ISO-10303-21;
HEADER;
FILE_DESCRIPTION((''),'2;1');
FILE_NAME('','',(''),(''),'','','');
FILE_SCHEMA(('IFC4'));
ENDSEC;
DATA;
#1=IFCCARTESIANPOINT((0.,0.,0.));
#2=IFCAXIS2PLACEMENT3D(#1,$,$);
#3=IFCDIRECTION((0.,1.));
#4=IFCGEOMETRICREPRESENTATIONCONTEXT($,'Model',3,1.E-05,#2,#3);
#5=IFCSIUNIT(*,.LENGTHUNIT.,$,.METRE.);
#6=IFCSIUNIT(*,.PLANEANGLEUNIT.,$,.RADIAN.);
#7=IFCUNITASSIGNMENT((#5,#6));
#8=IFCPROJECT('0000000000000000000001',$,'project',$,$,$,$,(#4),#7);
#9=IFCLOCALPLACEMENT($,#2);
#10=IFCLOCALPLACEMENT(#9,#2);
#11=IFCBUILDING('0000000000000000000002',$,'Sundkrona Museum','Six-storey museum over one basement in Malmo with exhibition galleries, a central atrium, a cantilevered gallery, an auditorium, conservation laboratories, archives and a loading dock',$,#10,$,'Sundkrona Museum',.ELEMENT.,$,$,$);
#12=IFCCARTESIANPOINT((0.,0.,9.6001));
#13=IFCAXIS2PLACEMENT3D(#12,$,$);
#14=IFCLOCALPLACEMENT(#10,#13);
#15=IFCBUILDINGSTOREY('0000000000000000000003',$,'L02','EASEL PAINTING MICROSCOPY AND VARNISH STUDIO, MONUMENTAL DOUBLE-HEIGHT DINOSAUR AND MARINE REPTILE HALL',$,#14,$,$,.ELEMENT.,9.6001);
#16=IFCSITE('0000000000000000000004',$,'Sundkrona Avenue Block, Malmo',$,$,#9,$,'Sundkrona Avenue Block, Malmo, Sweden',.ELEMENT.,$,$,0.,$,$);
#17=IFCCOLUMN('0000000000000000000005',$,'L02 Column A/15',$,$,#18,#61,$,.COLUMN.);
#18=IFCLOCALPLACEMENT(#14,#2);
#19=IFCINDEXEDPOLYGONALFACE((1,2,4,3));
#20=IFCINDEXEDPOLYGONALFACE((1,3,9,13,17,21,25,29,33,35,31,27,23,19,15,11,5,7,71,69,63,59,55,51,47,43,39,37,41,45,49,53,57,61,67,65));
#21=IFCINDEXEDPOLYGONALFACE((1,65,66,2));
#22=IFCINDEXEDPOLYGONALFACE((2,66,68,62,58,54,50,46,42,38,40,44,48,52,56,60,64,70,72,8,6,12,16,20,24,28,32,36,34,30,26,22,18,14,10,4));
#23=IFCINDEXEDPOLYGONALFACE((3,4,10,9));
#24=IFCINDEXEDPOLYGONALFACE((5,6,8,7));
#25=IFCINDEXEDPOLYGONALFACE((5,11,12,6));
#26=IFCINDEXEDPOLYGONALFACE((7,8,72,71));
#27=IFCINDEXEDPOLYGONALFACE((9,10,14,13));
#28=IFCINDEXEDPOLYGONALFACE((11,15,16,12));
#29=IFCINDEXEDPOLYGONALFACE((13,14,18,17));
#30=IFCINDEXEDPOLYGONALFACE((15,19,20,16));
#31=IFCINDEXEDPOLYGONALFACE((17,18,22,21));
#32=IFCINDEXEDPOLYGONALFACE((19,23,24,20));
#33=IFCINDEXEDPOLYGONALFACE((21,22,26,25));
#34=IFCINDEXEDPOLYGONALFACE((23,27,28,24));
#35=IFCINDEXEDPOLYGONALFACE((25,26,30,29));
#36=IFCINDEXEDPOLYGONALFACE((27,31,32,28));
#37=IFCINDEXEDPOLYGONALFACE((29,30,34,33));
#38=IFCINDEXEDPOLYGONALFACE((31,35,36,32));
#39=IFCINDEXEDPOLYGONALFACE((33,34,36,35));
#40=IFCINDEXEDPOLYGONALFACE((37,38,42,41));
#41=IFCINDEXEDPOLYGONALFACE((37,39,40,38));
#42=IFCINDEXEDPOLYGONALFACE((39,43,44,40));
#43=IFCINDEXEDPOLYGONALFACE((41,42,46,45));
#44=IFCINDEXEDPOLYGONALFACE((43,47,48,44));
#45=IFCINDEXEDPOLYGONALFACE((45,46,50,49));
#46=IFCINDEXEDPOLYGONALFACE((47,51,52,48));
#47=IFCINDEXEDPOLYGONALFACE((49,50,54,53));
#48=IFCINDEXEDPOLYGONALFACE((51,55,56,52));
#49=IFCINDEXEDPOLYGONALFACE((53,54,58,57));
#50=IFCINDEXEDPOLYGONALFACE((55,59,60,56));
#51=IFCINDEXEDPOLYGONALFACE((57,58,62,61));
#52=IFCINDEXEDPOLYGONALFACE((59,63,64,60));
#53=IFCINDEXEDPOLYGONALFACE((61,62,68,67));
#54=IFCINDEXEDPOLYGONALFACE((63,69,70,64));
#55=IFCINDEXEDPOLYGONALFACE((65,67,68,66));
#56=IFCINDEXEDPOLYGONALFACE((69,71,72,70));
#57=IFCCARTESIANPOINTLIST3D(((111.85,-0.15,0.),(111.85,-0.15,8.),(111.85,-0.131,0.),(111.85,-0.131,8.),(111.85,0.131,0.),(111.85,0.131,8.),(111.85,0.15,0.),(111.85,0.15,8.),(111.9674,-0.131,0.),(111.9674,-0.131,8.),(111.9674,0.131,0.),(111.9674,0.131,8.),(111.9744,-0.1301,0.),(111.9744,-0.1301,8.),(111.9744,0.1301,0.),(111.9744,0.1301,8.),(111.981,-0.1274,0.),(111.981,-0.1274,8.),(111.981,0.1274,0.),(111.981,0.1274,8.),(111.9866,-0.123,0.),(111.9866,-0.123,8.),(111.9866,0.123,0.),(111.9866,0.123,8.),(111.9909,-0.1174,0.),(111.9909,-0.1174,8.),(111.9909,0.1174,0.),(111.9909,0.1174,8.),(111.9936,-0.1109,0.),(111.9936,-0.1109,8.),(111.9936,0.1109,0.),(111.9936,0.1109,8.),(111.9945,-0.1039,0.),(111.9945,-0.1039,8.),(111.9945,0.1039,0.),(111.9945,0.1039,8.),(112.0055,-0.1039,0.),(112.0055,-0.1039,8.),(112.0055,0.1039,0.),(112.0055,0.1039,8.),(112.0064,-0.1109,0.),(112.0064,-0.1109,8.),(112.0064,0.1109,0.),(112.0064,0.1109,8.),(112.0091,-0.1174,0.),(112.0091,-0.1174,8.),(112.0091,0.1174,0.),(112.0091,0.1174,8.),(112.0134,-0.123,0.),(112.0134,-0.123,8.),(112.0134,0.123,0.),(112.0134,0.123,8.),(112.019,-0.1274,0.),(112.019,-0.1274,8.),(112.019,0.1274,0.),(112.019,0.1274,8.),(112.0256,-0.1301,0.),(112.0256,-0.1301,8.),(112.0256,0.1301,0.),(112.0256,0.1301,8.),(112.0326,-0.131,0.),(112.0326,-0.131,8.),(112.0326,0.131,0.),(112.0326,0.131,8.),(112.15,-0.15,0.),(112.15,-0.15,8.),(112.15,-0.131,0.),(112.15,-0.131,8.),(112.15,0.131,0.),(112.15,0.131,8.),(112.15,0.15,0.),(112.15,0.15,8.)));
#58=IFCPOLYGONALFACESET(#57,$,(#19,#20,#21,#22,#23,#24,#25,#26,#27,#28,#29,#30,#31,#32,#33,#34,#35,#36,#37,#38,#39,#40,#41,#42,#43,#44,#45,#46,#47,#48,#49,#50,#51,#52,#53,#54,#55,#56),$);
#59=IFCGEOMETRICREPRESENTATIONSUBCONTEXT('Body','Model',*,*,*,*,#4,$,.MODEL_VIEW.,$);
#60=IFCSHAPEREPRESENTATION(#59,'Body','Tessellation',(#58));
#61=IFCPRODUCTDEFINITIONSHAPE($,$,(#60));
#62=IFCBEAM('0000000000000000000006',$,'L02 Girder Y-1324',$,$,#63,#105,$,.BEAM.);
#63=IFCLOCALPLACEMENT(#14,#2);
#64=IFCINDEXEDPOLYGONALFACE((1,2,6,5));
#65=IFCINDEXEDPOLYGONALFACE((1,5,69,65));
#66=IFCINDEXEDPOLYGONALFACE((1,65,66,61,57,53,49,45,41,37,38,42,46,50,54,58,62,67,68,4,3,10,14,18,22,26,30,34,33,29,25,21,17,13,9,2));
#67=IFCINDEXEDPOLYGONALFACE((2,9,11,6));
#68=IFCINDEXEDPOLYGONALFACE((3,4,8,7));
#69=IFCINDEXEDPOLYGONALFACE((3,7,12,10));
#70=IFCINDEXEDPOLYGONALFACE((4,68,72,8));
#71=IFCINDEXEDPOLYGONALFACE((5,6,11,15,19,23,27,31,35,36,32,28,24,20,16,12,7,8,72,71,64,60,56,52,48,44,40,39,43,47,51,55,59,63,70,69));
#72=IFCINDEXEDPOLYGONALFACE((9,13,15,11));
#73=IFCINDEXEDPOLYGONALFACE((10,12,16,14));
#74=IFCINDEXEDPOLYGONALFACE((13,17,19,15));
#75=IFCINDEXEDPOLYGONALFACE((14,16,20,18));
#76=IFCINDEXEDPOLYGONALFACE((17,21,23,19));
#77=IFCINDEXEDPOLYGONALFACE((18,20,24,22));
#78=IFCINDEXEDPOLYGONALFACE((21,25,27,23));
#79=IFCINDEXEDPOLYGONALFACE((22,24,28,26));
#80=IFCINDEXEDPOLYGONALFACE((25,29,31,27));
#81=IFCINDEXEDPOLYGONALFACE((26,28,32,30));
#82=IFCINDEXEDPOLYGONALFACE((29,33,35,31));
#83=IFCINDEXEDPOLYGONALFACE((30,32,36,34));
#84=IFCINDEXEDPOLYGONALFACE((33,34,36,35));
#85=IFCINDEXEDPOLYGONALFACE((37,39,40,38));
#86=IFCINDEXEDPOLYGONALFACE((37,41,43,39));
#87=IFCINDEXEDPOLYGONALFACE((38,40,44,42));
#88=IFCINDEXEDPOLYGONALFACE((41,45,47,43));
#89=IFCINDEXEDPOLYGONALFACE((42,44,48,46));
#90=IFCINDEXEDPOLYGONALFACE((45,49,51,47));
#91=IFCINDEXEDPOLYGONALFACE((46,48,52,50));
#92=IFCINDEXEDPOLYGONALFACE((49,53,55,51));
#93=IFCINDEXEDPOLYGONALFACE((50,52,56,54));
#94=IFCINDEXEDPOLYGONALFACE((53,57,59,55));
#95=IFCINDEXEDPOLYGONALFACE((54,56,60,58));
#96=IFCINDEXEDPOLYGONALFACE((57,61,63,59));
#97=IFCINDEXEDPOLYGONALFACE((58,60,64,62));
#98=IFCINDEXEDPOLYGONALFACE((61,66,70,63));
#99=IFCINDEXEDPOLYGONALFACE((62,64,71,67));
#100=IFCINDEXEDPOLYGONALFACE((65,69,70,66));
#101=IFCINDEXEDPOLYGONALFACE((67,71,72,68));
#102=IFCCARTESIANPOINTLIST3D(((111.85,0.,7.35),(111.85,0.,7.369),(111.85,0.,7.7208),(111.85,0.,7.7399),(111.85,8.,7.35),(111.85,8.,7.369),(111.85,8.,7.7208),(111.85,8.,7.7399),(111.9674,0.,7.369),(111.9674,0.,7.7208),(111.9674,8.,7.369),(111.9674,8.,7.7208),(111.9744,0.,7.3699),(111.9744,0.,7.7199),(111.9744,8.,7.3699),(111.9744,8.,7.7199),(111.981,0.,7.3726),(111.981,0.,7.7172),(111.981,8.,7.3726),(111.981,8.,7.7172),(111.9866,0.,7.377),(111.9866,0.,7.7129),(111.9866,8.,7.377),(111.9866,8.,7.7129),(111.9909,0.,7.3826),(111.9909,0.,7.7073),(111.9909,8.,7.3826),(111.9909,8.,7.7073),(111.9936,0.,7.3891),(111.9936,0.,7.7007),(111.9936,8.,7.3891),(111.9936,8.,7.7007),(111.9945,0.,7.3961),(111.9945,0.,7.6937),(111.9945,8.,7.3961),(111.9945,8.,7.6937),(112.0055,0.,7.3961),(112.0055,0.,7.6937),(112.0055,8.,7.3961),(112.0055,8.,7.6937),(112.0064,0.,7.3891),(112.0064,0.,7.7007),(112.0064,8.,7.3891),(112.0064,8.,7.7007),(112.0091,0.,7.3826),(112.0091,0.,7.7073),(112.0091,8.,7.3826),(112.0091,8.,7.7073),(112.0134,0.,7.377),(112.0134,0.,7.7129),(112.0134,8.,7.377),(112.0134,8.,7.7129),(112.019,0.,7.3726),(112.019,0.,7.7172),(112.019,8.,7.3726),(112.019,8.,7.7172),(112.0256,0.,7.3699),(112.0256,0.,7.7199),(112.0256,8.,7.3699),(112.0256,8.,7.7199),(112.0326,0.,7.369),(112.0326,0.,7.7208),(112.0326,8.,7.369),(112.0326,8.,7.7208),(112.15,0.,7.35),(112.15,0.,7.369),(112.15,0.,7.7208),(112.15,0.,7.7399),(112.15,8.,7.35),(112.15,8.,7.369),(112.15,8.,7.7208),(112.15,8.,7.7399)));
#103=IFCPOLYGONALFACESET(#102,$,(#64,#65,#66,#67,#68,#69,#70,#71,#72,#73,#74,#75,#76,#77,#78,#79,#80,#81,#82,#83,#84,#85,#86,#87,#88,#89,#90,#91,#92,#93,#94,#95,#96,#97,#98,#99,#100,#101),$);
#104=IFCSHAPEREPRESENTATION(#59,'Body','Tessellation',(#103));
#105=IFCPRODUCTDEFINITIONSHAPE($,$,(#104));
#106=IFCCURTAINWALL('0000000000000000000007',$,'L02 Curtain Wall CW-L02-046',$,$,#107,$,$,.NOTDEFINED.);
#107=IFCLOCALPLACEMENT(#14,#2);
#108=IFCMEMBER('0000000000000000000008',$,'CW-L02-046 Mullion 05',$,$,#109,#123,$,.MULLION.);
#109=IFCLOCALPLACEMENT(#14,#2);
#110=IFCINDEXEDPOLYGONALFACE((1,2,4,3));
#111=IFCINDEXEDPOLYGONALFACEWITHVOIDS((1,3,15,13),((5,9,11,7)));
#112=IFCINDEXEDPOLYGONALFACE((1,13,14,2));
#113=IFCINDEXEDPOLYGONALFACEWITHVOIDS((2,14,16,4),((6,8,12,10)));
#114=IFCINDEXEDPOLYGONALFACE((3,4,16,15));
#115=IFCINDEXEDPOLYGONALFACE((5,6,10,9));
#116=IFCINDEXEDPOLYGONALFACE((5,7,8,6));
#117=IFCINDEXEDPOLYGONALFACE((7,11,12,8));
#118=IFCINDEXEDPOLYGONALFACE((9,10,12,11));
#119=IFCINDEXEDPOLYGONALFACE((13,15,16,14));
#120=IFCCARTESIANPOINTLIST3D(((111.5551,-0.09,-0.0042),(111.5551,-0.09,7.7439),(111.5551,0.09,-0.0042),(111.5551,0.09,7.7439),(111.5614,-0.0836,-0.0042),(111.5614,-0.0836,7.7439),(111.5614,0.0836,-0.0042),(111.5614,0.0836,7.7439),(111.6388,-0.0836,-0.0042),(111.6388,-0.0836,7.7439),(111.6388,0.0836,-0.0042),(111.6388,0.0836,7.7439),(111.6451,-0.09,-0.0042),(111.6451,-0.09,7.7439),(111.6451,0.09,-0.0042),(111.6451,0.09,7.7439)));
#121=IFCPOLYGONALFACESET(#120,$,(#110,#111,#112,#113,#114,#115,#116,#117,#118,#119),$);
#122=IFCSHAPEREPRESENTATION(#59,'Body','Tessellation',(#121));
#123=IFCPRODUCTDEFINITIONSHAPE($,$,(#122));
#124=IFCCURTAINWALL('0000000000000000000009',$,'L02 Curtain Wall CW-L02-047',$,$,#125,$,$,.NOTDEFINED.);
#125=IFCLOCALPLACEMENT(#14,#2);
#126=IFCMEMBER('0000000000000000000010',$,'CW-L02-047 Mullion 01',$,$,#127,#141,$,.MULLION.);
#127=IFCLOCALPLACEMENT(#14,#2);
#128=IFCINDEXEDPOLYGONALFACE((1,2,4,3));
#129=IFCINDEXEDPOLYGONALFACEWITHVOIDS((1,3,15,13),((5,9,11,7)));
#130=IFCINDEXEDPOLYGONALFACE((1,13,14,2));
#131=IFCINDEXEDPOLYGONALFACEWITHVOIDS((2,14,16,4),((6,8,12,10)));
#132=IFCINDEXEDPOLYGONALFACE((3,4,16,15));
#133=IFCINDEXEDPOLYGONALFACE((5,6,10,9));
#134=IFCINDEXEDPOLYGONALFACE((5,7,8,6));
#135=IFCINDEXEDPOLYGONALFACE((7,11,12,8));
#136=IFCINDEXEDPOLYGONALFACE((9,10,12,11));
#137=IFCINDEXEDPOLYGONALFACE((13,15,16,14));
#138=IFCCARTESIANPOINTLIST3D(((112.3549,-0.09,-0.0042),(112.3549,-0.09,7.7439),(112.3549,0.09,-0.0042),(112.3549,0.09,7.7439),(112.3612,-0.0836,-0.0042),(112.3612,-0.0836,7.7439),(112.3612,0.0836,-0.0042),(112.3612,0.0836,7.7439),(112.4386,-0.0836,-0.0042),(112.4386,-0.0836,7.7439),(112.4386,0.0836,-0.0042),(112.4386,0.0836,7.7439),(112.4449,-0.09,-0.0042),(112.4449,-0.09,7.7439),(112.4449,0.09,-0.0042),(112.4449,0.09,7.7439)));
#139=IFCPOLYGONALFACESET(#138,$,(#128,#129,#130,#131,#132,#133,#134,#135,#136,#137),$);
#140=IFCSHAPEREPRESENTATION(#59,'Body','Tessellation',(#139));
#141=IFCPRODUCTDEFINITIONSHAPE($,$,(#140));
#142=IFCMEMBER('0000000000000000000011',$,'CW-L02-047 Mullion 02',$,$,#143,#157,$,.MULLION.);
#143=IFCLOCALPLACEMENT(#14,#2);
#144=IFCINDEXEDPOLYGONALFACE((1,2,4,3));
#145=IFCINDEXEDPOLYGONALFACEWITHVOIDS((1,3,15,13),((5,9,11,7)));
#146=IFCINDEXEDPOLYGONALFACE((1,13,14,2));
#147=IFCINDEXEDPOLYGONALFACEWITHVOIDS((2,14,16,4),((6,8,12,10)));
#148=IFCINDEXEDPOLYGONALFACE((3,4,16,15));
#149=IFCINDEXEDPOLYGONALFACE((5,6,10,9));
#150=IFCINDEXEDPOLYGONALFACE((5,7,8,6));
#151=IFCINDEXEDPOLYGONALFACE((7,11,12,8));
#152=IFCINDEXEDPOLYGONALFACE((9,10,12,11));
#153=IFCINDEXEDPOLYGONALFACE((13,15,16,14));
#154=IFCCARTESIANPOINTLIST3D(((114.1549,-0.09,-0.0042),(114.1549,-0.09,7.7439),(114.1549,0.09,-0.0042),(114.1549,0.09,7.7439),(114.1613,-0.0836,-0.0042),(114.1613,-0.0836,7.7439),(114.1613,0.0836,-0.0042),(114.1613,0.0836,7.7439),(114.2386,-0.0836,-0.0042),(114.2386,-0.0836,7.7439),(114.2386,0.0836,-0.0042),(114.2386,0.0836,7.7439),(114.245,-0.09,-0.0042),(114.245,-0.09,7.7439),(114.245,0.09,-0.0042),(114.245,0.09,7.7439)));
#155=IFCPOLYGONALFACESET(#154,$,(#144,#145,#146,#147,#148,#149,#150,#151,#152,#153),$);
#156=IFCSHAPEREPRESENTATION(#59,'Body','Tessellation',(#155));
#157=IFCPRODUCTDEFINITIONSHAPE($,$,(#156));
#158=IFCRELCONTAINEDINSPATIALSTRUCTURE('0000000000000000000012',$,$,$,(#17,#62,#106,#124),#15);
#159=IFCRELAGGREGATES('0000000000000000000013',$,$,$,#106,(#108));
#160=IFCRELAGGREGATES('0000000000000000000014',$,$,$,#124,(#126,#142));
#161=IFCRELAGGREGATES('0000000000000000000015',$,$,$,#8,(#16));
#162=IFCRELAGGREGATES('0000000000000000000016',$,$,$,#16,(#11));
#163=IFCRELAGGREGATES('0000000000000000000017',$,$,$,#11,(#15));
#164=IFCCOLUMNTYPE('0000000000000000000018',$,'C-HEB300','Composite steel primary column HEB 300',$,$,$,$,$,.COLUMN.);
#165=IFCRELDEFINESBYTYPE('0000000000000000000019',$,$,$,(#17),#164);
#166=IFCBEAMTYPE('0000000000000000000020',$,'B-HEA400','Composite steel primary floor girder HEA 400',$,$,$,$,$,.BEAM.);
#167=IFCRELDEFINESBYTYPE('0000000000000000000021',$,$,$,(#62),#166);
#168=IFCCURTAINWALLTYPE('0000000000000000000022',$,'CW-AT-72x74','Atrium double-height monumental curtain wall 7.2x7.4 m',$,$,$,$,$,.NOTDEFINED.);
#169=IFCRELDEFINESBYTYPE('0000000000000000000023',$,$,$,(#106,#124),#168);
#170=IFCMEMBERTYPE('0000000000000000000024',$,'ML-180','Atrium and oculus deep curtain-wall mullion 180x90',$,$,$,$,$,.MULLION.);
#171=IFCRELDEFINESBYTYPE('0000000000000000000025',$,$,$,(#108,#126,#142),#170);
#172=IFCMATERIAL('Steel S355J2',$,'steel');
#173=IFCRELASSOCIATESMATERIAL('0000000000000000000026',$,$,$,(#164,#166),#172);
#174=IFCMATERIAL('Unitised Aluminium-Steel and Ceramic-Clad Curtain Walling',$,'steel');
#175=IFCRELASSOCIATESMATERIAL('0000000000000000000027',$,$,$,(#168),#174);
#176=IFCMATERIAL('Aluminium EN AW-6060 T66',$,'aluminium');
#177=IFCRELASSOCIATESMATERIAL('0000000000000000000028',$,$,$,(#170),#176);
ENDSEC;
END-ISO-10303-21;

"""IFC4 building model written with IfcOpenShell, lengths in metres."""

from ifc_helpers import new_model, si_unit, direction, frame, origin, origin_2d, place, context, subcontext, project, spatial, hollow_rectangle, i_section, extrude, material, material_profile, profile_set, type_object, element, aggregate, save


model = new_model("IFC4")

# Units and contexts
model_context = context("Model", 3, precision=1e-05, world=origin(), true_north=direction((0.0, 1.0)))
body_context = subcontext(model_context, "Body", "Model", "MODEL_VIEW")
ifc_project = project(units=[si_unit("LENGTHUNIT", "METRE"), si_unit("PLANEANGLEUNIT", "RADIAN")], contexts=[model_context])

# Site, building, storey
site_placement = place(None, origin())
site = spatial("IfcSite", under=ifc_project, at=site_placement, Name="Sundkrona Avenue Block, Malmo", LongName="Sundkrona Avenue Block, Malmo, Sweden", CompositionType="ELEMENT", RefElevation=0.0)
building_placement = place(site_placement, origin())
building = spatial("IfcBuilding", under=site, at=building_placement, Name="Sundkrona Museum", Description="Six-storey museum over one basement in Malmo with exhibition galleries, a central atrium, a cantilevered gallery, an auditorium, conservation laboratories, archives and a loading dock", LongName="Sundkrona Museum", CompositionType="ELEMENT")
storey_placement = place(building_placement, frame((0.0, 0.0, 9.6001)))
storey = spatial("IfcBuildingStorey", under=building, at=storey_placement, Name="L02", Description="EASEL PAINTING MICROSCOPY AND VARNISH STUDIO, MONUMENTAL DOUBLE-HEIGHT DINOSAUR AND MARINE REPTILE HALL", CompositionType="ELEMENT", Elevation=9.6001)

# Column
ifc_material_1 = material(Name="Steel S355J2", Category="steel")
ifc_material_profile_1 = material_profile(ifc_material_1, i_section(OverallWidth=0.3, OverallDepth=0.3, WebThickness=0.011, FlangeThickness=0.019, FilletRadius=0.0271, at=origin_2d()), Name="HEB 300")
ifc_profile_set_1 = profile_set([ifc_material_profile_1], Name="Steel S355J2")
column_type = type_object("IfcColumnType", Name="C-HEB300", Description="Composite steel primary column HEB 300", PredefinedType="COLUMN", material=ifc_profile_set_1)
column_placement = place(storey_placement, frame((112.0, 0.0, 0.0), z_axis=(0.0, 0.0, 1.0), x_axis=(1.0, 0.0, 0.0)))
element("IfcColumn", 1, at=column_placement, inside=storey, type_object=column_type, Name="L02 Column A/15", PredefinedType="COLUMN", context=body_context, shape_type="SweptSolid", body=[
    extrude(i_section(OverallWidth=0.3, OverallDepth=0.3, WebThickness=0.011, FlangeThickness=0.019, FilletRadius=0.0271, at=origin_2d()), origin(), (0.0, 0.0, 1.0), 8.0),
])

# Beam
ifc_material_profile_2 = material_profile(ifc_material_1, i_section(OverallWidth=0.3, OverallDepth=0.3899, WebThickness=0.011, FlangeThickness=0.019, FilletRadius=0.0271, at=origin_2d()), Name="HEA 400")
ifc_profile_set_2 = profile_set([ifc_material_profile_2], Name="Steel S355J2")
beam_type_1 = type_object("IfcBeamType", Name="B-HEA400", Description="Composite steel primary floor girder HEA 400", PredefinedType="BEAM", material=ifc_profile_set_2)
beam_1_placement = place(storey_placement, frame((112.0, 0.0, 7.5449), z_axis=(0.0, 1.0, 0.0), x_axis=(-1.0, 0.0, 0.0)))
element("IfcBeam", 2, at=beam_1_placement, inside=storey, type_object=beam_type_1, Name="L02 Girder Y-1324", PredefinedType="BEAM", context=body_context, shape_type="SweptSolid", body=[
    extrude(i_section(OverallWidth=0.3, OverallDepth=0.3899, WebThickness=0.011, FlangeThickness=0.019, FilletRadius=0.0271, at=origin_2d()), origin(), (0.0, 0.0, 1.0), 8.0),
])

# Curtain wall, member
ifc_material_2 = material(Name="Unitised Aluminium-Steel and Ceramic-Clad Curtain Walling", Category="steel")
curtain_wall_type = type_object("IfcCurtainWallType", Name="CW-AT-72x74", Description="Atrium double-height monumental curtain wall 7.2x7.4 m", PredefinedType="NOTDEFINED", material=ifc_material_2)
curtain_wall_1_placement = place(storey_placement, origin())
curtain_wall_1 = element("IfcCurtainWall", 3, at=curtain_wall_1_placement, inside=storey, type_object=curtain_wall_type, Name="L02 Curtain Wall CW-L02-046", PredefinedType="NOTDEFINED")
ifc_material_3 = material(Name="Aluminium EN AW-6060 T66", Category="aluminium")
ifc_material_profile_3 = material_profile(ifc_material_3, hollow_rectangle(XDim=0.0901, YDim=0.1799, WallThickness=0.0063, at=origin_2d()), Name="RHS 180x90x6.3")
ifc_profile_set_3 = profile_set([ifc_material_profile_3], Name="Aluminium EN AW-6060 T66")
member_type_1 = type_object("IfcMemberType", Name="ML-180", Description="Atrium and oculus deep curtain-wall mullion 180x90", PredefinedType="MULLION", material=ifc_profile_set_3)
member_1_placement = place(storey_placement, frame((111.6001, 0.0, -0.0042), z_axis=(0.0, 0.0, 1.0), x_axis=(1.0, 0.0, 0.0)))
member_1 = element("IfcMember", 4, at=member_1_placement, type_object=member_type_1, Name="CW-L02-046 Mullion 05", PredefinedType="MULLION", context=body_context, shape_type="SweptSolid", body=[
    extrude(hollow_rectangle(XDim=0.0901, YDim=0.1799, WallThickness=0.0063, at=origin_2d()), origin(), (0.0, 0.0, 1.0), 7.748),
])
aggregate(curtain_wall_1, [member_1])

# Curtain wall, members
curtain_wall_2_placement = place(storey_placement, origin())
curtain_wall_2 = element("IfcCurtainWall", 5, at=curtain_wall_2_placement, inside=storey, type_object=curtain_wall_type, Name="L02 Curtain Wall CW-L02-047", PredefinedType="NOTDEFINED")
member_2_placement = place(storey_placement, frame((112.3999, 0.0, -0.0042), z_axis=(0.0, 0.0, 1.0), x_axis=(1.0, 0.0, 0.0)))
member_2 = element("IfcMember", 6, at=member_2_placement, type_object=member_type_1, Name="CW-L02-047 Mullion 01", PredefinedType="MULLION", context=body_context, shape_type="SweptSolid", body=[
    extrude(hollow_rectangle(XDim=0.0901, YDim=0.1799, WallThickness=0.0063, at=origin_2d()), origin(), (0.0, 0.0, 1.0), 7.748),
])
member_3_placement = place(storey_placement, frame((114.2, 0.0, -0.0042), z_axis=(0.0, 0.0, 1.0), x_axis=(1.0, 0.0, 0.0)))
member_3 = element("IfcMember", 7, at=member_3_placement, type_object=member_type_1, Name="CW-L02-047 Mullion 02", PredefinedType="MULLION", context=body_context, shape_type="SweptSolid", body=[
    extrude(hollow_rectangle(XDim=0.0901, YDim=0.1799, WallThickness=0.0063, at=origin_2d()), origin(), (0.0, 0.0, 1.0), 7.748),
])

aggregate(curtain_wall_2, [member_2, member_3])

save(model, "model.ifc")
